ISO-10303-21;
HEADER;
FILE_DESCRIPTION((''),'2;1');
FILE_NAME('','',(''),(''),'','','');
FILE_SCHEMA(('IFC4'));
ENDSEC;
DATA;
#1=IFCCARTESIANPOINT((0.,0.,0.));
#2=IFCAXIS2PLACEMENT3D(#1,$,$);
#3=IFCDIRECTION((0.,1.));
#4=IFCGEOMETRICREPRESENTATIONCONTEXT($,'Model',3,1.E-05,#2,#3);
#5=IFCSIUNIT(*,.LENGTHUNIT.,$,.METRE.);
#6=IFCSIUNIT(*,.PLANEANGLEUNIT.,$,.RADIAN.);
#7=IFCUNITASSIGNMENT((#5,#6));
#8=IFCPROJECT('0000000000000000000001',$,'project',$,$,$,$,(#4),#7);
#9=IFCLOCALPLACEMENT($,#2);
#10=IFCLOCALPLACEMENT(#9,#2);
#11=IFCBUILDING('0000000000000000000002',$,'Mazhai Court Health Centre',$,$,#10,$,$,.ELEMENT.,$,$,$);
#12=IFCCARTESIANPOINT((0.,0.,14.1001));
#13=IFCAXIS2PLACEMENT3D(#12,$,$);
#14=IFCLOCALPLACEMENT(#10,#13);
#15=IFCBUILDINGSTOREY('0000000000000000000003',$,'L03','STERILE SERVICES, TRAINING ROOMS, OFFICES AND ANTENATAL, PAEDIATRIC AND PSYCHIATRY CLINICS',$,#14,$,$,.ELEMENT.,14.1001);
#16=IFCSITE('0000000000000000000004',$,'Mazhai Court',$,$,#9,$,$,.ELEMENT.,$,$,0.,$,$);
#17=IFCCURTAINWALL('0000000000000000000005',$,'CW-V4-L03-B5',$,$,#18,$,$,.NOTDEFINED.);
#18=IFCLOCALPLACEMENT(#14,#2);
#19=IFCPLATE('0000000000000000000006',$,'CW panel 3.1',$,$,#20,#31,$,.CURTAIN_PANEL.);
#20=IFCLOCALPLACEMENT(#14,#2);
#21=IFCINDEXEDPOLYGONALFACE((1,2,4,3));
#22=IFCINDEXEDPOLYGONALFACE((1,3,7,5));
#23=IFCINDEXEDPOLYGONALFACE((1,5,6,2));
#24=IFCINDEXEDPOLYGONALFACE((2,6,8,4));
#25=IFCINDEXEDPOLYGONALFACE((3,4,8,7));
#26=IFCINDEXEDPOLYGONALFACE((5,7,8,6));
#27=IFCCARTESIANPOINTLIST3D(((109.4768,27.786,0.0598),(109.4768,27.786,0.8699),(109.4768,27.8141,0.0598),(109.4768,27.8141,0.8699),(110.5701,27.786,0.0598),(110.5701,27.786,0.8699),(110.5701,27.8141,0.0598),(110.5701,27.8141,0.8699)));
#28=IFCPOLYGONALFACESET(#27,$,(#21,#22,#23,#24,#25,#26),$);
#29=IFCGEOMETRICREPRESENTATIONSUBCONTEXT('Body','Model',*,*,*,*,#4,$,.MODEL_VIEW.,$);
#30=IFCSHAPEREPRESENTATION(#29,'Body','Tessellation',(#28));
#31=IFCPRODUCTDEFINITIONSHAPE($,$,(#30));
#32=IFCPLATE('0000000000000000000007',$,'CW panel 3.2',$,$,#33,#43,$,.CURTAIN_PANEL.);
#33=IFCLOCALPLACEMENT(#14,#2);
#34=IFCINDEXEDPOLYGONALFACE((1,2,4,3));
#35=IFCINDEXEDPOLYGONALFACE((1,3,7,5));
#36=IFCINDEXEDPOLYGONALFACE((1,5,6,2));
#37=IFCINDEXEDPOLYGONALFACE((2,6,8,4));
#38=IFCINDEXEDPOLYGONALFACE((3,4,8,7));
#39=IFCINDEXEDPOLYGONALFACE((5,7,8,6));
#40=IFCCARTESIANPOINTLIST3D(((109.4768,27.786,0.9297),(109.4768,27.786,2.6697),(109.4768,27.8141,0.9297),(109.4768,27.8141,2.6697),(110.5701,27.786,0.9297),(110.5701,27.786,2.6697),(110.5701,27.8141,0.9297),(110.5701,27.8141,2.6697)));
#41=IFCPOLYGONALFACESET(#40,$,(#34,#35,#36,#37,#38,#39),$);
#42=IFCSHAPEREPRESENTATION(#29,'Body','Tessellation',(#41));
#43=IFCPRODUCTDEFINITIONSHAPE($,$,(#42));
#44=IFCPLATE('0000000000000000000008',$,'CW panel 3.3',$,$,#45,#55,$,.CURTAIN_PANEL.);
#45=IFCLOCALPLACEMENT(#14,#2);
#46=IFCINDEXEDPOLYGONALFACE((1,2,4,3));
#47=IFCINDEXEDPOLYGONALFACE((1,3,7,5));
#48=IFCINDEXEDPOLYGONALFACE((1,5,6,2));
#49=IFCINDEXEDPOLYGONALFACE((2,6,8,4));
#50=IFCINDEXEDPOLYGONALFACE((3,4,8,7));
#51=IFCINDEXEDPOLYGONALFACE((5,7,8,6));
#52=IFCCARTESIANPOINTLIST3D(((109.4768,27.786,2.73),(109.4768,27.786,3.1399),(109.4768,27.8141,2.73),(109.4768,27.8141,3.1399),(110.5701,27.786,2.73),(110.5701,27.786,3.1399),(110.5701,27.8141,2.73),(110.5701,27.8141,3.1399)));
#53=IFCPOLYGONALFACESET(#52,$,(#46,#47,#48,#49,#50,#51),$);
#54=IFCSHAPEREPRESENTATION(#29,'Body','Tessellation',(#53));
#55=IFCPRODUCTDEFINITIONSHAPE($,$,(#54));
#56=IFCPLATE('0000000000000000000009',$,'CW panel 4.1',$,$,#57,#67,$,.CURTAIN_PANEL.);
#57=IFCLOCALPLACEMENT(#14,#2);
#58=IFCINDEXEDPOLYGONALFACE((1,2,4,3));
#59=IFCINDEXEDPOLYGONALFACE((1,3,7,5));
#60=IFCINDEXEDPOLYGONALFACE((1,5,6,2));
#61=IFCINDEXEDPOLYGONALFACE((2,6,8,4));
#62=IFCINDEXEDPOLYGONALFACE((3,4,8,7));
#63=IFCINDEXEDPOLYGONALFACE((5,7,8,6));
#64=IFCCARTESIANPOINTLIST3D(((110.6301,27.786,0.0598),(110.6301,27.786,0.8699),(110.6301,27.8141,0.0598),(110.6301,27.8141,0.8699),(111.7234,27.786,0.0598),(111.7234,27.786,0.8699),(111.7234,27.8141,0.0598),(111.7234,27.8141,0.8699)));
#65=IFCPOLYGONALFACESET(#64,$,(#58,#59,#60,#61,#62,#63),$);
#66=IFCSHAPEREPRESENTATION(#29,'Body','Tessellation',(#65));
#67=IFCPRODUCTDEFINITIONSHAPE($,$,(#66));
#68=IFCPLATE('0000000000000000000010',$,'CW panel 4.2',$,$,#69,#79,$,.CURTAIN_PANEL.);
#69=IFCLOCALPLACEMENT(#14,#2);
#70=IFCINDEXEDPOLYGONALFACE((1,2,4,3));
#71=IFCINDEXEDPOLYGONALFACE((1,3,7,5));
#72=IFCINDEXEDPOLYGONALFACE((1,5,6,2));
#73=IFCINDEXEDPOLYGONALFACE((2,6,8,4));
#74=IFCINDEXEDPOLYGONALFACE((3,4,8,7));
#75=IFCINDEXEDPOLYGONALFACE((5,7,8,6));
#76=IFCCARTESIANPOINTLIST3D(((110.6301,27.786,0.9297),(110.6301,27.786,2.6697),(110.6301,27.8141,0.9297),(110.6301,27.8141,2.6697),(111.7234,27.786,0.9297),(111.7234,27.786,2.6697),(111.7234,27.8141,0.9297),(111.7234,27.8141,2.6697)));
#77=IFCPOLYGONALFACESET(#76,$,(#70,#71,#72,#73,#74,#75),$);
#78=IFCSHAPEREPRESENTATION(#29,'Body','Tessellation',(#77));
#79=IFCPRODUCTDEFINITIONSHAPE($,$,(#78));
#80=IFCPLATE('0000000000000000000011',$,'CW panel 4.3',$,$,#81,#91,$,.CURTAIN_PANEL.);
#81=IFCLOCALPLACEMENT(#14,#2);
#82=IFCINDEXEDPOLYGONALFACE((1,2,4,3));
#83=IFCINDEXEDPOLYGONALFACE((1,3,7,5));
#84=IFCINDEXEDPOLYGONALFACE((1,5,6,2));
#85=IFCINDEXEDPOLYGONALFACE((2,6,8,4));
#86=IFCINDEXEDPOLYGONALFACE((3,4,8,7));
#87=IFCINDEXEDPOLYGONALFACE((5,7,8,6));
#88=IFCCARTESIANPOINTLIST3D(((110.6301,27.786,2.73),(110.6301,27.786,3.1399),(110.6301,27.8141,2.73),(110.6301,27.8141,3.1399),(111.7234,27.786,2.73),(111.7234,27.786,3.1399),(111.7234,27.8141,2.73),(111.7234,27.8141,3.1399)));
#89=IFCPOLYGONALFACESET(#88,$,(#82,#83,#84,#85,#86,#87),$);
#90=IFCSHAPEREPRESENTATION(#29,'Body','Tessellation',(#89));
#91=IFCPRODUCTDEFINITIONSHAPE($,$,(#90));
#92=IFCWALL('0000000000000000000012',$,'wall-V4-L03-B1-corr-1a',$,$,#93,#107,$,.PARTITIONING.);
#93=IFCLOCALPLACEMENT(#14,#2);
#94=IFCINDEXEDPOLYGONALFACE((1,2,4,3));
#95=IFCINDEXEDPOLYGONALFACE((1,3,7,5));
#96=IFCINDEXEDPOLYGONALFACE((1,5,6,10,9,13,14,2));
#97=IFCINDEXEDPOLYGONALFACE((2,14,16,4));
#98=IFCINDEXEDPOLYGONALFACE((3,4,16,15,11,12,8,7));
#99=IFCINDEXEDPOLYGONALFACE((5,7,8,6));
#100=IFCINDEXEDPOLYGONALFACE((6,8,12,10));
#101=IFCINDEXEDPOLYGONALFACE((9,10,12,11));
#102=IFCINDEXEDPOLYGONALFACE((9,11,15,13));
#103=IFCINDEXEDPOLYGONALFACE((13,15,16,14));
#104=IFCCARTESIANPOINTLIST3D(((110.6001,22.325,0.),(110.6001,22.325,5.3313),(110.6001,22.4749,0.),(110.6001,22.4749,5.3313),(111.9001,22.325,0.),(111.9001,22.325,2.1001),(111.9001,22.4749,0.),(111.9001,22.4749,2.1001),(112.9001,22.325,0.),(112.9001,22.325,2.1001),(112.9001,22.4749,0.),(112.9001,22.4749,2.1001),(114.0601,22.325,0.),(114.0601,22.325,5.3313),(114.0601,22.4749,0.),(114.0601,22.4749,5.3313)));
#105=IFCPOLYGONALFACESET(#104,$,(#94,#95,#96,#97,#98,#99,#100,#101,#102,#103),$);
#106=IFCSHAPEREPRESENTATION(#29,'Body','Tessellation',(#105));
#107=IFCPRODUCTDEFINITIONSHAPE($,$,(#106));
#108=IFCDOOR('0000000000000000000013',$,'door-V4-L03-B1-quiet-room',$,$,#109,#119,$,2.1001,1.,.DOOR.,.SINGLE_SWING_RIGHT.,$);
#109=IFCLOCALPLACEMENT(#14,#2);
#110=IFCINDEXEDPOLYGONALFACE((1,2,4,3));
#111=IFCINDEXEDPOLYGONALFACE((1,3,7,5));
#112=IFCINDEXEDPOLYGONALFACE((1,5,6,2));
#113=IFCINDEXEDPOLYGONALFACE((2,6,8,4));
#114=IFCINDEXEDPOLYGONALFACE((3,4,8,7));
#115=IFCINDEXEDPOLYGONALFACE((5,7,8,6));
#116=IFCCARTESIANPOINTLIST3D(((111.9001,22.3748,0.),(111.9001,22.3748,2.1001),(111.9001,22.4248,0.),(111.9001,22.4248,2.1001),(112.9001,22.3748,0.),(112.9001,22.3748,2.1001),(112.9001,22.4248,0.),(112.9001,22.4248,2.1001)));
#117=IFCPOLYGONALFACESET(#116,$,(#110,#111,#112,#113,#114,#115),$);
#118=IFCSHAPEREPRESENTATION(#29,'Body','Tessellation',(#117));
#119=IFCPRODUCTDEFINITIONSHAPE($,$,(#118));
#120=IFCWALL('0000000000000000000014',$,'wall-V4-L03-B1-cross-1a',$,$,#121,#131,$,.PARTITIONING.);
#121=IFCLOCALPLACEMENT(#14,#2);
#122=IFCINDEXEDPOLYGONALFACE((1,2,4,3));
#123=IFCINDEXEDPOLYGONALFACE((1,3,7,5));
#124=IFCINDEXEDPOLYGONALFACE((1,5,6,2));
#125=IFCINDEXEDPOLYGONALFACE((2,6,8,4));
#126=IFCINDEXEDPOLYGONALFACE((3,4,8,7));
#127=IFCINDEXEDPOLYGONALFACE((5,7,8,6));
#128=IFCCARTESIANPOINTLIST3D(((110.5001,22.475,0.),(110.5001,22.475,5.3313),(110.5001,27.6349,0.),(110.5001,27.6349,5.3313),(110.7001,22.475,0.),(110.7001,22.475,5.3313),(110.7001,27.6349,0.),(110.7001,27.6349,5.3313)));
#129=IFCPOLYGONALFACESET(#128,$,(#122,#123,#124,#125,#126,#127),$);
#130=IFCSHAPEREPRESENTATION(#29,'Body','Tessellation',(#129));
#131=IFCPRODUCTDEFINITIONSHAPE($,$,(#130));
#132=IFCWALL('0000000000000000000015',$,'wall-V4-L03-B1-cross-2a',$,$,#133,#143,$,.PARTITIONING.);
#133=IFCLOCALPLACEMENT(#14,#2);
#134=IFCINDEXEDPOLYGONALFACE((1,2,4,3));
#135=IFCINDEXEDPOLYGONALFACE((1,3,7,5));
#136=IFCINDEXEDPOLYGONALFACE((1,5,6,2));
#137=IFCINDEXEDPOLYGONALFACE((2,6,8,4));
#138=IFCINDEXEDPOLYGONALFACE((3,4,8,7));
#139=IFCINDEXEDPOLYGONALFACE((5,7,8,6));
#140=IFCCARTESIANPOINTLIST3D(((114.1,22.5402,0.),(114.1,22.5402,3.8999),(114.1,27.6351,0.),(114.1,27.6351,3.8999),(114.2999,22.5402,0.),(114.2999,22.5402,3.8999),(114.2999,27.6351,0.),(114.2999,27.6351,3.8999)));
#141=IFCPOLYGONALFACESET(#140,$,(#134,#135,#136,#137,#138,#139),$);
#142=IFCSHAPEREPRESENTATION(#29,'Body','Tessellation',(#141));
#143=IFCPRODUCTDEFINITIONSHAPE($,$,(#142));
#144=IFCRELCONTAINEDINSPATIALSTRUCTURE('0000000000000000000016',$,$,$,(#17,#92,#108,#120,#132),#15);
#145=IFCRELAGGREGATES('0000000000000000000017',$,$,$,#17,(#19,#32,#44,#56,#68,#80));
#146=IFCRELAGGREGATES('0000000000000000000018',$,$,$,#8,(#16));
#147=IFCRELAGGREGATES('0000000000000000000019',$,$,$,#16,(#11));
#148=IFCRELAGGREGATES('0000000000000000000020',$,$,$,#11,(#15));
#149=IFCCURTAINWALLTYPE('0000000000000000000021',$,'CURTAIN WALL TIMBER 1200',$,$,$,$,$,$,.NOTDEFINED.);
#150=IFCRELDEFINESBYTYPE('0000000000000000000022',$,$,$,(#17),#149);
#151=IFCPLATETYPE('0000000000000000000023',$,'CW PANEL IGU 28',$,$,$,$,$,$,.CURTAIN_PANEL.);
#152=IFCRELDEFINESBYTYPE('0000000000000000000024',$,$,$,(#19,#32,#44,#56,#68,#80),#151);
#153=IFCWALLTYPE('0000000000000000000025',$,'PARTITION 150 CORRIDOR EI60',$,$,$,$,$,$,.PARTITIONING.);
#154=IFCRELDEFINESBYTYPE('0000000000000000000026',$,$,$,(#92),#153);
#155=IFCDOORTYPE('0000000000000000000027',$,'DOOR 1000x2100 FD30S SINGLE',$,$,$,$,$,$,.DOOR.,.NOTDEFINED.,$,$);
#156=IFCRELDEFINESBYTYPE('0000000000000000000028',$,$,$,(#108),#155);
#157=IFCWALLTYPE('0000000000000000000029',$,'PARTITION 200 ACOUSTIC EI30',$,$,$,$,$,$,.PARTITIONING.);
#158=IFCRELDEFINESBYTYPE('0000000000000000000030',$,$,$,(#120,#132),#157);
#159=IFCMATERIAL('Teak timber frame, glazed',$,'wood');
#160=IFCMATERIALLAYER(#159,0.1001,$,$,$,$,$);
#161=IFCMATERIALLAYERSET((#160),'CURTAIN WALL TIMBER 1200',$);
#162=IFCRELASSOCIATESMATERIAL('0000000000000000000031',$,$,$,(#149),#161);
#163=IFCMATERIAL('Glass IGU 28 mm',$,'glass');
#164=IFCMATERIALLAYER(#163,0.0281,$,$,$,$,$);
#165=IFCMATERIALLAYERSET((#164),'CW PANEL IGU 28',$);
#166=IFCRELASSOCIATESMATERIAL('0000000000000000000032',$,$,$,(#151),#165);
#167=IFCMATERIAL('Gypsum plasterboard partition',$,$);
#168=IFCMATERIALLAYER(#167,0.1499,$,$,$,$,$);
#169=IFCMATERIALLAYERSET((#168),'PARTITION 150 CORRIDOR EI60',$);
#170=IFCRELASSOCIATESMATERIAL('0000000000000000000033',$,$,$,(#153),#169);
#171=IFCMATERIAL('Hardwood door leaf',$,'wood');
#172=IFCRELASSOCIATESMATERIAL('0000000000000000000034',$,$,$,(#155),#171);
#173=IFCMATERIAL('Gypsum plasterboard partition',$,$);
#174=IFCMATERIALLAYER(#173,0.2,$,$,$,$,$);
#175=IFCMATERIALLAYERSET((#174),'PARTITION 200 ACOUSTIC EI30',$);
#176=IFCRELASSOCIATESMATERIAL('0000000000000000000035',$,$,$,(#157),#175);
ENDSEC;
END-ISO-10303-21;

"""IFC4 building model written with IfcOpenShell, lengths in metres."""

from ifc_helpers import new_model, si_unit, direction, frame, frame_2d, origin, origin_2d, place, context, subcontext, project, spatial, rectangle, extrude, material, layer, layer_set, type_object, element, fill, aggregate, save


model = new_model("IFC4")

# Units and contexts
model_context = context("Model", 3, precision=1e-05, world=origin(), true_north=direction((0.0, 1.0)))
body_context = subcontext(model_context, "Body", "Model", "MODEL_VIEW")
ifc_project = project(units=[si_unit("LENGTHUNIT", "METRE"), si_unit("PLANEANGLEUNIT", "RADIAN")], contexts=[model_context])

# Site, building, storey
site_placement = place(None, origin())
site = spatial("IfcSite", under=ifc_project, at=site_placement, Name="Mazhai Court", CompositionType="ELEMENT", RefElevation=0.0)
building_placement = place(site_placement, origin())
building = spatial("IfcBuilding", under=site, at=building_placement, Name="Mazhai Court Health Centre", CompositionType="ELEMENT")
storey_placement = place(building_placement, frame((0.0, 0.0, 14.1001)))
storey = spatial("IfcBuildingStorey", under=building, at=storey_placement, Name="L03", Description="STERILE SERVICES, TRAINING ROOMS, OFFICES AND ANTENATAL, PAEDIATRIC AND PSYCHIATRY CLINICS", CompositionType="ELEMENT", Elevation=14.1001)

# Curtain wall
ifc_material_1 = material(Name="Teak timber frame, glazed", Category="wood")
ifc_layer_1 = layer(ifc_material_1, 0.1001)
ifc_layer_set_1 = layer_set([ifc_layer_1], Name="CURTAIN WALL TIMBER 1200")
curtain_wall_type = type_object("IfcCurtainWallType", Name="CURTAIN WALL TIMBER 1200", PredefinedType="NOTDEFINED", material=ifc_layer_set_1)
curtain_wall_placement = place(storey_placement, origin())
curtain_wall = element("IfcCurtainWall", 1, at=curtain_wall_placement, inside=storey, type_object=curtain_wall_type, Name="CW-V4-L03-B5", PredefinedType="NOTDEFINED")

# Plates
ifc_material_2 = material(Name="Glass IGU 28 mm", Category="glass")
ifc_layer_2 = layer(ifc_material_2, 0.0281)
ifc_layer_set_2 = layer_set([ifc_layer_2], Name="CW PANEL IGU 28")
plate_type = type_object("IfcPlateType", Name="CW PANEL IGU 28", PredefinedType="CURTAIN_PANEL", material=ifc_layer_set_2)
plate_1_placement = place(storey_placement, frame((110.0234, 27.8, 0.0598), z_axis=(0.0, 0.0, 1.0), x_axis=(1.0, 0.0, 0.0)))
plate_1 = element("IfcPlate", 2, at=plate_1_placement, type_object=plate_type, Name="CW panel 3.1", PredefinedType="CURTAIN_PANEL", context=body_context, shape_type="SweptSolid", body=[
    extrude(rectangle(XDim=1.0933, YDim=0.0281, at=origin_2d()), origin(), (0.0, 0.0, 1.0), 0.8101),
])
plate_2_placement = place(storey_placement, frame((110.0234, 27.8, 0.9297), z_axis=(0.0, 0.0, 1.0), x_axis=(1.0, 0.0, 0.0)))
plate_2 = element("IfcPlate", 3, at=plate_2_placement, type_object=plate_type, Name="CW panel 3.2", PredefinedType="CURTAIN_PANEL", context=body_context, shape_type="SweptSolid", body=[
    extrude(rectangle(XDim=1.0933, YDim=0.0281, at=origin_2d()), origin(), (0.0, 0.0, 1.0), 1.74),
])
plate_3_placement = place(storey_placement, frame((110.0234, 27.8, 2.73), z_axis=(0.0, 0.0, 1.0), x_axis=(1.0, 0.0, 0.0)))
plate_3 = element("IfcPlate", 4, at=plate_3_placement, type_object=plate_type, Name="CW panel 3.3", PredefinedType="CURTAIN_PANEL", context=body_context, shape_type="SweptSolid", body=[
    extrude(rectangle(XDim=1.0933, YDim=0.0281, at=origin_2d()), origin(), (0.0, 0.0, 1.0), 0.4099),
])
plate_4_placement = place(storey_placement, frame((111.1768, 27.8, 0.0598), z_axis=(0.0, 0.0, 1.0), x_axis=(1.0, 0.0, 0.0)))
plate_4 = element("IfcPlate", 5, at=plate_4_placement, type_object=plate_type, Name="CW panel 4.1", PredefinedType="CURTAIN_PANEL", context=body_context, shape_type="SweptSolid", body=[
    extrude(rectangle(XDim=1.0933, YDim=0.0281, at=origin_2d()), origin(), (0.0, 0.0, 1.0), 0.8101),
])
plate_5_placement = place(storey_placement, frame((111.1768, 27.8, 0.9297), z_axis=(0.0, 0.0, 1.0), x_axis=(1.0, 0.0, 0.0)))
plate_5 = element("IfcPlate", 6, at=plate_5_placement, type_object=plate_type, Name="CW panel 4.2", PredefinedType="CURTAIN_PANEL", context=body_context, shape_type="SweptSolid", body=[
    extrude(rectangle(XDim=1.0933, YDim=0.0281, at=origin_2d()), origin(), (0.0, 0.0, 1.0), 1.74),
])
plate_6_placement = place(storey_placement, frame((111.1768, 27.8, 2.73), z_axis=(0.0, 0.0, 1.0), x_axis=(1.0, 0.0, 0.0)))
plate_6 = element("IfcPlate", 7, at=plate_6_placement, type_object=plate_type, Name="CW panel 4.3", PredefinedType="CURTAIN_PANEL", context=body_context, shape_type="SweptSolid", body=[
    extrude(rectangle(XDim=1.0933, YDim=0.0281, at=origin_2d()), origin(), (0.0, 0.0, 1.0), 0.4099),
])
aggregate(curtain_wall, [plate_1, plate_2, plate_3, plate_4, plate_5, plate_6])

# Wall, opening, door
ifc_material_3 = material(Name="Gypsum plasterboard partition")
ifc_layer_3 = layer(ifc_material_3, 0.1499)
ifc_layer_set_3 = layer_set([ifc_layer_3], Name="PARTITION 150 CORRIDOR EI60")
wall_type_1 = type_object("IfcWallType", Name="PARTITION 150 CORRIDOR EI60", PredefinedType="PARTITIONING", material=ifc_layer_set_3)
wall_1_placement = place(storey_placement, frame((110.6001, 22.3999, 0.0), z_axis=(0.0, 0.0, 1.0), x_axis=(1.0, 0.0, 0.0)))
wall_1 = element("IfcWall", 8, at=wall_1_placement, inside=storey, type_object=wall_type_1, Name="wall-V4-L03-B1-corr-1a", PredefinedType="PARTITIONING", context=body_context, shape_type="SweptSolid", body=[
    extrude(rectangle(XDim=3.46, YDim=0.1499, at=frame_2d((1.73, 0.0))), origin(), (0.0, 0.0, 1.0), 5.3313),
])
opening_placement = place(wall_1_placement, frame((1.3, 0.0, 0.0)))
opening = element("IfcOpeningElement", 9, at=opening_placement, cuts=wall_1, PredefinedType="OPENING", context=body_context, shape_type="SweptSolid", body=[
    extrude(rectangle(XDim=1.0, YDim=2.1001, at=frame_2d((0.5, 1.05))), frame((0.0, 0.085, 0.0), z_axis=(0.0, -1.0, 0.0), x_axis=(1.0, 0.0, 0.0)), (0.0, 0.0, 1.0), 0.1699),
])
ifc_material_4 = material(Name="Hardwood door leaf", Category="wood")
door_type = type_object("IfcDoorType", Name="DOOR 1000x2100 FD30S SINGLE", OperationType="NOTDEFINED", PredefinedType="DOOR", material=ifc_material_4)
door_placement = place(opening_placement, origin())
door = element("IfcDoor", 10, at=door_placement, inside=storey, type_object=door_type, Name="door-V4-L03-B1-quiet-room", OperationType="SINGLE_SWING_RIGHT", OverallHeight=2.1001, OverallWidth=1.0, PredefinedType="DOOR", context=body_context, shape_type="SweptSolid", body=[
    extrude(rectangle(XDim=1.0, YDim=2.1001, at=frame_2d((0.5, 1.05))), frame((0.0, 0.0249, 0.0), z_axis=(0.0, -1.0, 0.0), x_axis=(1.0, 0.0, 0.0)), (0.0, 0.0, 1.0), 0.05),
])
fill(opening, door)

# Walls
ifc_material_5 = material(Name="Gypsum plasterboard partition")
ifc_layer_4 = layer(ifc_material_5, 0.2)
ifc_layer_set_4 = layer_set([ifc_layer_4], Name="PARTITION 200 ACOUSTIC EI30")
wall_type_2 = type_object("IfcWallType", Name="PARTITION 200 ACOUSTIC EI30", PredefinedType="PARTITIONING", material=ifc_layer_set_4)
wall_2_placement = place(storey_placement, frame((110.6001, 27.635, 0.0), z_axis=(0.0, 0.0, 1.0), x_axis=(0.0, -1.0, 0.0)))
element("IfcWall", 11, at=wall_2_placement, inside=storey, type_object=wall_type_2, Name="wall-V4-L03-B1-cross-1a", PredefinedType="PARTITIONING", context=body_context, shape_type="SweptSolid", body=[
    extrude(rectangle(XDim=5.1599, YDim=0.2, at=frame_2d((2.5801, 0.0))), origin(), (0.0, 0.0, 1.0), 5.3313),
])
wall_3_placement = place(storey_placement, frame((114.2, 27.635, 0.0), z_axis=(0.0, 0.0, 1.0), x_axis=(0.0, -1.0, 0.0)))
element("IfcWall", 12, at=wall_3_placement, inside=storey, type_object=wall_type_2, Name="wall-V4-L03-B1-cross-2a", PredefinedType="PARTITIONING", context=body_context, shape_type="SweptSolid", body=[
    extrude(rectangle(XDim=5.095, YDim=0.2, at=frame_2d((2.5474, 0.0))), origin(), (0.0, 0.0, 1.0), 3.8999),
])

save(model, "model.ifc")
